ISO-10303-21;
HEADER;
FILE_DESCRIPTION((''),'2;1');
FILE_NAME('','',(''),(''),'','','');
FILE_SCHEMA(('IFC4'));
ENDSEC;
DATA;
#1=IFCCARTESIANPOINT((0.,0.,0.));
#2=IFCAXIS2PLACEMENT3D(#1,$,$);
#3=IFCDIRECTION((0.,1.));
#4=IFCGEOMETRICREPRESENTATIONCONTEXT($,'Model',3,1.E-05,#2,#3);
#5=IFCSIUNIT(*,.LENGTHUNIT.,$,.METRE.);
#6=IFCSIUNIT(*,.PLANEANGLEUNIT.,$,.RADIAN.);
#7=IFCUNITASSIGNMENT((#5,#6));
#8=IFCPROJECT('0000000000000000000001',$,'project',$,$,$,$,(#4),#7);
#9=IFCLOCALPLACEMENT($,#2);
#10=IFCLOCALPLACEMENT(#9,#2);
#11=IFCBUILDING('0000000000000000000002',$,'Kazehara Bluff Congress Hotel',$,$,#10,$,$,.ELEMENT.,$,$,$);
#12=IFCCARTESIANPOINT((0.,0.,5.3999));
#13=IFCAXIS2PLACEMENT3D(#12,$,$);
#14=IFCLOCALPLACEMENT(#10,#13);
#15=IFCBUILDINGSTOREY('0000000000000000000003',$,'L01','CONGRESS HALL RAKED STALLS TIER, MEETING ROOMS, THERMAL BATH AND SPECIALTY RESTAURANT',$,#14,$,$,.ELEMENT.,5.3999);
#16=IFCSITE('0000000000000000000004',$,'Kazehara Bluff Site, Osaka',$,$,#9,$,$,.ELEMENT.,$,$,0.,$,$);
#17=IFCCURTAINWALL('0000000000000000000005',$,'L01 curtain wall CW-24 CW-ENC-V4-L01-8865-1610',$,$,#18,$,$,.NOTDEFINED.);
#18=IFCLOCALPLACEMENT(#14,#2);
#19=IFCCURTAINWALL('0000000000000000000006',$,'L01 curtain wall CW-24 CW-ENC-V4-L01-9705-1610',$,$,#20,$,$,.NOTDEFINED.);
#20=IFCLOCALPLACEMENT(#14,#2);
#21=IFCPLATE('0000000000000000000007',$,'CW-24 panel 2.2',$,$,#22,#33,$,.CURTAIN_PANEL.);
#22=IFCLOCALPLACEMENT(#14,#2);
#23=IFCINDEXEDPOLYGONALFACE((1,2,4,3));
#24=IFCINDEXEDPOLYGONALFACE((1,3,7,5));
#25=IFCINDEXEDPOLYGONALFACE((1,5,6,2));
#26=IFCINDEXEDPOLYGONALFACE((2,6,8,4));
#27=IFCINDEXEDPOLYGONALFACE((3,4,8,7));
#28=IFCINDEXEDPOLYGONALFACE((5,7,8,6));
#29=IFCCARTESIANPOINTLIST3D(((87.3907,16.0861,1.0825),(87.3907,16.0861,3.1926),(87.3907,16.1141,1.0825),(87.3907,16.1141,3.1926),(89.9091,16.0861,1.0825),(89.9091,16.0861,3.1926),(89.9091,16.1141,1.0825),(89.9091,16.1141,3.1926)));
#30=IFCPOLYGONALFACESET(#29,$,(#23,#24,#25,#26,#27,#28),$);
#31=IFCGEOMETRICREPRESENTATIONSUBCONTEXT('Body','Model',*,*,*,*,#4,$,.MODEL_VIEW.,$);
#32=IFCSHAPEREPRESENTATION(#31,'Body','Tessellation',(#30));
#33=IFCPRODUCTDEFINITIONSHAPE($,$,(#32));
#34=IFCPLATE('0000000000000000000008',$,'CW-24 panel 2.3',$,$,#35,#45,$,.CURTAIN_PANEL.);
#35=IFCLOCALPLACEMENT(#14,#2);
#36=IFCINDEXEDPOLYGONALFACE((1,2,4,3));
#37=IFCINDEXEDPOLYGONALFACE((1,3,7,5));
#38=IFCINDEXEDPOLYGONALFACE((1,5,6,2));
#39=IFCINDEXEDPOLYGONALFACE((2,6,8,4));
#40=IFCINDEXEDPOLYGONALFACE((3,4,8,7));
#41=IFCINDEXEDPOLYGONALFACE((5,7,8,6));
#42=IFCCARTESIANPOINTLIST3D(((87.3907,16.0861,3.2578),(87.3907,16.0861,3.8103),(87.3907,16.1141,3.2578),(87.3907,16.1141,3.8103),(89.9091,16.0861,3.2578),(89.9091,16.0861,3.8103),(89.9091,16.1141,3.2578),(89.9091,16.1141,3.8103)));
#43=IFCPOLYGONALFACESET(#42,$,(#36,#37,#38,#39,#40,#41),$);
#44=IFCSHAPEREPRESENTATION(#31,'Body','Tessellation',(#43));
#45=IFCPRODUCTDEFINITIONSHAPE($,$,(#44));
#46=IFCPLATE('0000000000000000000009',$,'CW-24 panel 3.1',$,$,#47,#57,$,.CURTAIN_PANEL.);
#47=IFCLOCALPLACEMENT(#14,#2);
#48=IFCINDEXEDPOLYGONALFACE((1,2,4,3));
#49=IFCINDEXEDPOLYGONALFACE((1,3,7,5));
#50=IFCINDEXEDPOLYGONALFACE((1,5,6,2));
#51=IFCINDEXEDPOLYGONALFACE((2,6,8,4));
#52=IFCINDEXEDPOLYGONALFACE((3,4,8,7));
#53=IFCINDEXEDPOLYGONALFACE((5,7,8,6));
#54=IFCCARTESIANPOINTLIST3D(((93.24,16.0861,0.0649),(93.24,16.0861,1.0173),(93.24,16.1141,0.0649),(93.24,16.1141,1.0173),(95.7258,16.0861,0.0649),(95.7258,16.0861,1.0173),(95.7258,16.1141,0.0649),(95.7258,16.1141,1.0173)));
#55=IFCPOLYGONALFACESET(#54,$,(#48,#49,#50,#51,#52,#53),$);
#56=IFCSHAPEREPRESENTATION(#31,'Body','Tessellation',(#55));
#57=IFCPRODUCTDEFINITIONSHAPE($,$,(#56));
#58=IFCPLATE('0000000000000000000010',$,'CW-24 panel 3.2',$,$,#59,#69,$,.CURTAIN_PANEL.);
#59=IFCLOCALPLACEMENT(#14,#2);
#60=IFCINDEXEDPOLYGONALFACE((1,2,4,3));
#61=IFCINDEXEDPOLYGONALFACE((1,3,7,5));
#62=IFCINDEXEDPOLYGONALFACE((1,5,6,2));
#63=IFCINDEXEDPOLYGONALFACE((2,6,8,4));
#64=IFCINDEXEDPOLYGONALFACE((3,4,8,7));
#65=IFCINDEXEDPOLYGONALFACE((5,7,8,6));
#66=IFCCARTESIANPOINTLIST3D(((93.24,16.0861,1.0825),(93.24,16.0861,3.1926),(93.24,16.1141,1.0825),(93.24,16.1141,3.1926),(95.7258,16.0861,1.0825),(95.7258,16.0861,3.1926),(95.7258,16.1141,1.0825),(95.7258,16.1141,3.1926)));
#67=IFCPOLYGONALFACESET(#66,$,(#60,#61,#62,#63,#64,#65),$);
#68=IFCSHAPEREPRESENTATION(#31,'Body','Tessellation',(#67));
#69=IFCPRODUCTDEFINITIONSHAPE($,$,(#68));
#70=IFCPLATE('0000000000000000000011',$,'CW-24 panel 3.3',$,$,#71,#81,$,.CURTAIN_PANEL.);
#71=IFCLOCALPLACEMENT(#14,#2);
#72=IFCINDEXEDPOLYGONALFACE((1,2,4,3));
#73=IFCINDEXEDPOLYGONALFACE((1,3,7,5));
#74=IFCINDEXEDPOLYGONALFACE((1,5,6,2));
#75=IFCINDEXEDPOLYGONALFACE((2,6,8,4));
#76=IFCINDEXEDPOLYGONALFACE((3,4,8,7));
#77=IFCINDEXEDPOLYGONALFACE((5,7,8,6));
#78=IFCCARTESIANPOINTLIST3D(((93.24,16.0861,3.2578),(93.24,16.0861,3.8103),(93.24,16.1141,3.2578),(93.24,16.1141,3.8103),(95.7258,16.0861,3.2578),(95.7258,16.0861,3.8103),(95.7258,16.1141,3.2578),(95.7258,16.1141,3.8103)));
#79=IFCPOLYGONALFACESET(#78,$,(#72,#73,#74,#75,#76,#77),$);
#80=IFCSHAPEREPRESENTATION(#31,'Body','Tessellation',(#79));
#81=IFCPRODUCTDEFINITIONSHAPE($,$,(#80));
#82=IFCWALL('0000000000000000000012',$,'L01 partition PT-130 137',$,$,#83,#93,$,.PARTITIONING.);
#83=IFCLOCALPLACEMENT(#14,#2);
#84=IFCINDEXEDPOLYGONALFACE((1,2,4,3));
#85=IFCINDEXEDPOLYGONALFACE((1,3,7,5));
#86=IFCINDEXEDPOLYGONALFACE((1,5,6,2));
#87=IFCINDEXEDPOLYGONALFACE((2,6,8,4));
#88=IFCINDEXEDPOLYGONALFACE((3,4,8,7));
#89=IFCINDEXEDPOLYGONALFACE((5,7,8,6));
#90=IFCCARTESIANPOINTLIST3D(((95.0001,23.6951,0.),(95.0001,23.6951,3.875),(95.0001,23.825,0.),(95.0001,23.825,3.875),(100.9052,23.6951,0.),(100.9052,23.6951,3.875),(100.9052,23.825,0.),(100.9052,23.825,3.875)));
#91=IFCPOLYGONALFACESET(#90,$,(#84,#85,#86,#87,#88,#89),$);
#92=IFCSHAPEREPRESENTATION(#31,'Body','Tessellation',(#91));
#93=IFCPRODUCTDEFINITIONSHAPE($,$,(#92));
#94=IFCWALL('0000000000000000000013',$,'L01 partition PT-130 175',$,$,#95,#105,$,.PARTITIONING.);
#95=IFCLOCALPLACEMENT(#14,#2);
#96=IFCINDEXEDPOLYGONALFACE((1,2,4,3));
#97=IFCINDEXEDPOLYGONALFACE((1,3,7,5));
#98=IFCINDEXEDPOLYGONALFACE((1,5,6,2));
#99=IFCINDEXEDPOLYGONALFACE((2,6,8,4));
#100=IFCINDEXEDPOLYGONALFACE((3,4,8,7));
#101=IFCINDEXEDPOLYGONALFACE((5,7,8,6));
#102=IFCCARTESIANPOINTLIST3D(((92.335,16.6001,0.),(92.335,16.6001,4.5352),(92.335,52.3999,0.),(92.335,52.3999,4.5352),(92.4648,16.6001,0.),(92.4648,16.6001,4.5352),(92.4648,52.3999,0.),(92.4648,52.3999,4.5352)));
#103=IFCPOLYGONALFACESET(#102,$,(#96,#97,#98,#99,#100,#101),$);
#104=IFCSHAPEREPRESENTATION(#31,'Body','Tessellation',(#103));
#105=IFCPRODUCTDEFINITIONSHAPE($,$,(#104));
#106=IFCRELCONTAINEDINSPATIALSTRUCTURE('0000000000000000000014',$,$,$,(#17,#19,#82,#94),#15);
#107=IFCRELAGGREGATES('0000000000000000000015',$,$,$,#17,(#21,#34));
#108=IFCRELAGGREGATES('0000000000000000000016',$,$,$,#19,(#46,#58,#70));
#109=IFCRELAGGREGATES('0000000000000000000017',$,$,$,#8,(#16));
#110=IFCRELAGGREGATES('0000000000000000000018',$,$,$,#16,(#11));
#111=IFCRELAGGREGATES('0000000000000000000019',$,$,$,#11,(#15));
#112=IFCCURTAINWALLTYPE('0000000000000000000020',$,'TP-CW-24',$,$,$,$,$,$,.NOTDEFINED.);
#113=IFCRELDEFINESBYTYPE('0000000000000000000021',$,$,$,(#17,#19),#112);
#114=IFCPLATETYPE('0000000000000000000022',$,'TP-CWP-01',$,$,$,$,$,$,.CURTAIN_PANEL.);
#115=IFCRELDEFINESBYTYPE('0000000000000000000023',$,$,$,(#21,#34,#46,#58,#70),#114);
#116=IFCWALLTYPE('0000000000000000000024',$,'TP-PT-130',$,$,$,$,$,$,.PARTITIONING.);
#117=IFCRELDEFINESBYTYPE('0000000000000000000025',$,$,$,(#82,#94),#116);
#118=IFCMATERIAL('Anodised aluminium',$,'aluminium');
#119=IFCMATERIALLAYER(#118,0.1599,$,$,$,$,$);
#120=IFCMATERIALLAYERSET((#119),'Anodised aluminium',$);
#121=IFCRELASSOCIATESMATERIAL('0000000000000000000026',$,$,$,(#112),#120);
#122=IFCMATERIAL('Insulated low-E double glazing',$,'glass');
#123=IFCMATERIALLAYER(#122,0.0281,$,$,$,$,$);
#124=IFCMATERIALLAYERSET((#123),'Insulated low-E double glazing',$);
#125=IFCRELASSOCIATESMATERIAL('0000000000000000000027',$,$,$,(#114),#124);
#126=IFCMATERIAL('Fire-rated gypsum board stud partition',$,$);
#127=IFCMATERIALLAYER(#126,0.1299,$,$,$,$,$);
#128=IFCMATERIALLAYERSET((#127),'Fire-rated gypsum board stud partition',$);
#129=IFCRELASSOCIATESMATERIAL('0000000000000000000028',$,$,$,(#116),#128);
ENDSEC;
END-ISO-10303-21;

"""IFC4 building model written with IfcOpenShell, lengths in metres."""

from ifc_helpers import new_model, si_unit, direction, frame, frame_2d, origin, origin_2d, place, context, subcontext, project, spatial, rectangle, extrude, material, layer, layer_set, type_object, element, aggregate, save


model = new_model("IFC4")

# Units and contexts
model_context = context("Model", 3, precision=1e-05, world=origin(), true_north=direction((0.0, 1.0)))
body_context = subcontext(model_context, "Body", "Model", "MODEL_VIEW")
ifc_project = project(units=[si_unit("LENGTHUNIT", "METRE"), si_unit("PLANEANGLEUNIT", "RADIAN")], contexts=[model_context])

# Site, building, storey
site_placement = place(None, origin())
site = spatial("IfcSite", under=ifc_project, at=site_placement, Name="Kazehara Bluff Site, Osaka", CompositionType="ELEMENT", RefElevation=0.0)
building_placement = place(site_placement, origin())
building = spatial("IfcBuilding", under=site, at=building_placement, Name="Kazehara Bluff Congress Hotel", CompositionType="ELEMENT")
storey_placement = place(building_placement, frame((0.0, 0.0, 5.3999)))
storey = spatial("IfcBuildingStorey", under=building, at=storey_placement, Name="L01", Description="CONGRESS HALL RAKED STALLS TIER, MEETING ROOMS, THERMAL BATH AND SPECIALTY RESTAURANT", CompositionType="ELEMENT", Elevation=5.3999)

# Curtain wall
ifc_material_1 = material(Name="Anodised aluminium", Category="aluminium")
ifc_layer_1 = layer(ifc_material_1, 0.1599)
ifc_layer_set_1 = layer_set([ifc_layer_1], Name="Anodised aluminium")
curtain_wall_type = type_object("IfcCurtainWallType", Name="TP-CW-24", PredefinedType="NOTDEFINED", material=ifc_layer_set_1)
curtain_wall_1_placement = place(storey_placement, origin())
curtain_wall_1 = element("IfcCurtainWall", 1, at=curtain_wall_1_placement, inside=storey, type_object=curtain_wall_type, Name="L01 curtain wall CW-24 CW-ENC-V4-L01-8865-1610", PredefinedType="NOTDEFINED")

# Curtain wall
curtain_wall_2_placement = place(storey_placement, origin())
curtain_wall_2 = element("IfcCurtainWall", 2, at=curtain_wall_2_placement, inside=storey, type_object=curtain_wall_type, Name="L01 curtain wall CW-24 CW-ENC-V4-L01-9705-1610", PredefinedType="NOTDEFINED")

# Plates
ifc_material_2 = material(Name="Insulated low-E double glazing", Category="glass")
ifc_layer_2 = layer(ifc_material_2, 0.0281)
ifc_layer_set_2 = layer_set([ifc_layer_2], Name="Insulated low-E double glazing")
plate_type = type_object("IfcPlateType", Name="TP-CWP-01", PredefinedType="CURTAIN_PANEL", material=ifc_layer_set_2)
plate_1_placement = place(storey_placement, frame((88.6499, 16.1001, 1.0825), z_axis=(0.0, 0.0, 1.0), x_axis=(-1.0, 0.0, 0.0)))
plate_1 = element("IfcPlate", 3, at=plate_1_placement, type_object=plate_type, Name="CW-24 panel 2.2", PredefinedType="CURTAIN_PANEL", context=body_context, shape_type="SweptSolid", body=[
    extrude(rectangle(XDim=2.5183, YDim=0.0281, at=origin_2d()), origin(), (0.0, 0.0, 1.0), 2.1101),
])
plate_2_placement = place(storey_placement, frame((88.6499, 16.1001, 3.2578), z_axis=(0.0, 0.0, 1.0), x_axis=(-1.0, 0.0, 0.0)))
plate_2 = element("IfcPlate", 4, at=plate_2_placement, type_object=plate_type, Name="CW-24 panel 2.3", PredefinedType="CURTAIN_PANEL", context=body_context, shape_type="SweptSolid", body=[
    extrude(rectangle(XDim=2.5183, YDim=0.0281, at=origin_2d()), origin(), (0.0, 0.0, 1.0), 0.5525),
])
aggregate(curtain_wall_1, [plate_1, plate_2])
plate_3_placement = place(storey_placement, frame((94.4829, 16.1001, 0.0649), z_axis=(0.0, 0.0, 1.0), x_axis=(-1.0, 0.0, 0.0)))
plate_3 = element("IfcPlate", 5, at=plate_3_placement, type_object=plate_type, Name="CW-24 panel 3.1", PredefinedType="CURTAIN_PANEL", context=body_context, shape_type="SweptSolid", body=[
    extrude(rectangle(XDim=2.4858, YDim=0.0281, at=origin_2d()), origin(), (0.0, 0.0, 1.0), 0.9524),
])
plate_4_placement = place(storey_placement, frame((94.4829, 16.1001, 1.0825), z_axis=(0.0, 0.0, 1.0), x_axis=(-1.0, 0.0, 0.0)))
plate_4 = element("IfcPlate", 6, at=plate_4_placement, type_object=plate_type, Name="CW-24 panel 3.2", PredefinedType="CURTAIN_PANEL", context=body_context, shape_type="SweptSolid", body=[
    extrude(rectangle(XDim=2.4858, YDim=0.0281, at=origin_2d()), origin(), (0.0, 0.0, 1.0), 2.1101),
])
plate_5_placement = place(storey_placement, frame((94.4829, 16.1001, 3.2578), z_axis=(0.0, 0.0, 1.0), x_axis=(-1.0, 0.0, 0.0)))
plate_5 = element("IfcPlate", 7, at=plate_5_placement, type_object=plate_type, Name="CW-24 panel 3.3", PredefinedType="CURTAIN_PANEL", context=body_context, shape_type="SweptSolid", body=[
    extrude(rectangle(XDim=2.4858, YDim=0.0281, at=origin_2d()), origin(), (0.0, 0.0, 1.0), 0.5525),
])
aggregate(curtain_wall_2, [plate_3, plate_4, plate_5])

# Walls
ifc_material_3 = material(Name="Fire-rated gypsum board stud partition")
ifc_layer_3 = layer(ifc_material_3, 0.1299)
ifc_layer_set_3 = layer_set([ifc_layer_3], Name="Fire-rated gypsum board stud partition")
wall_type = type_object("IfcWallType", Name="TP-PT-130", PredefinedType="PARTITIONING", material=ifc_layer_set_3)
wall_1_placement = place(storey_placement, frame((95.0, 23.76, 0.0), z_axis=(0.0, 0.0, 1.0), x_axis=(1.0, 0.0, 0.0)))
element("IfcWall", 8, at=wall_1_placement, inside=storey, type_object=wall_type, Name="L01 partition PT-130 137", PredefinedType="PARTITIONING", context=body_context, shape_type="SweptSolid", body=[
    extrude(rectangle(XDim=5.905, YDim=0.1299, at=frame_2d((2.9526, 0.0))), origin(), (0.0, 0.0, 1.0), 3.875),
])
wall_2_placement = place(storey_placement, frame((92.3999, 16.6001, 0.0), z_axis=(0.0, 0.0, 1.0), x_axis=(0.0, 1.0, 0.0)))
element("IfcWall", 9, at=wall_2_placement, inside=storey, type_object=wall_type, Name="L01 partition PT-130 175", PredefinedType="PARTITIONING", context=body_context, shape_type="SweptSolid", body=[
    extrude(rectangle(XDim=35.7998, YDim=0.1299, at=frame_2d((17.8999, 0.0))), origin(), (0.0, 0.0, 1.0), 4.5352),
])

save(model, "model.ifc")
